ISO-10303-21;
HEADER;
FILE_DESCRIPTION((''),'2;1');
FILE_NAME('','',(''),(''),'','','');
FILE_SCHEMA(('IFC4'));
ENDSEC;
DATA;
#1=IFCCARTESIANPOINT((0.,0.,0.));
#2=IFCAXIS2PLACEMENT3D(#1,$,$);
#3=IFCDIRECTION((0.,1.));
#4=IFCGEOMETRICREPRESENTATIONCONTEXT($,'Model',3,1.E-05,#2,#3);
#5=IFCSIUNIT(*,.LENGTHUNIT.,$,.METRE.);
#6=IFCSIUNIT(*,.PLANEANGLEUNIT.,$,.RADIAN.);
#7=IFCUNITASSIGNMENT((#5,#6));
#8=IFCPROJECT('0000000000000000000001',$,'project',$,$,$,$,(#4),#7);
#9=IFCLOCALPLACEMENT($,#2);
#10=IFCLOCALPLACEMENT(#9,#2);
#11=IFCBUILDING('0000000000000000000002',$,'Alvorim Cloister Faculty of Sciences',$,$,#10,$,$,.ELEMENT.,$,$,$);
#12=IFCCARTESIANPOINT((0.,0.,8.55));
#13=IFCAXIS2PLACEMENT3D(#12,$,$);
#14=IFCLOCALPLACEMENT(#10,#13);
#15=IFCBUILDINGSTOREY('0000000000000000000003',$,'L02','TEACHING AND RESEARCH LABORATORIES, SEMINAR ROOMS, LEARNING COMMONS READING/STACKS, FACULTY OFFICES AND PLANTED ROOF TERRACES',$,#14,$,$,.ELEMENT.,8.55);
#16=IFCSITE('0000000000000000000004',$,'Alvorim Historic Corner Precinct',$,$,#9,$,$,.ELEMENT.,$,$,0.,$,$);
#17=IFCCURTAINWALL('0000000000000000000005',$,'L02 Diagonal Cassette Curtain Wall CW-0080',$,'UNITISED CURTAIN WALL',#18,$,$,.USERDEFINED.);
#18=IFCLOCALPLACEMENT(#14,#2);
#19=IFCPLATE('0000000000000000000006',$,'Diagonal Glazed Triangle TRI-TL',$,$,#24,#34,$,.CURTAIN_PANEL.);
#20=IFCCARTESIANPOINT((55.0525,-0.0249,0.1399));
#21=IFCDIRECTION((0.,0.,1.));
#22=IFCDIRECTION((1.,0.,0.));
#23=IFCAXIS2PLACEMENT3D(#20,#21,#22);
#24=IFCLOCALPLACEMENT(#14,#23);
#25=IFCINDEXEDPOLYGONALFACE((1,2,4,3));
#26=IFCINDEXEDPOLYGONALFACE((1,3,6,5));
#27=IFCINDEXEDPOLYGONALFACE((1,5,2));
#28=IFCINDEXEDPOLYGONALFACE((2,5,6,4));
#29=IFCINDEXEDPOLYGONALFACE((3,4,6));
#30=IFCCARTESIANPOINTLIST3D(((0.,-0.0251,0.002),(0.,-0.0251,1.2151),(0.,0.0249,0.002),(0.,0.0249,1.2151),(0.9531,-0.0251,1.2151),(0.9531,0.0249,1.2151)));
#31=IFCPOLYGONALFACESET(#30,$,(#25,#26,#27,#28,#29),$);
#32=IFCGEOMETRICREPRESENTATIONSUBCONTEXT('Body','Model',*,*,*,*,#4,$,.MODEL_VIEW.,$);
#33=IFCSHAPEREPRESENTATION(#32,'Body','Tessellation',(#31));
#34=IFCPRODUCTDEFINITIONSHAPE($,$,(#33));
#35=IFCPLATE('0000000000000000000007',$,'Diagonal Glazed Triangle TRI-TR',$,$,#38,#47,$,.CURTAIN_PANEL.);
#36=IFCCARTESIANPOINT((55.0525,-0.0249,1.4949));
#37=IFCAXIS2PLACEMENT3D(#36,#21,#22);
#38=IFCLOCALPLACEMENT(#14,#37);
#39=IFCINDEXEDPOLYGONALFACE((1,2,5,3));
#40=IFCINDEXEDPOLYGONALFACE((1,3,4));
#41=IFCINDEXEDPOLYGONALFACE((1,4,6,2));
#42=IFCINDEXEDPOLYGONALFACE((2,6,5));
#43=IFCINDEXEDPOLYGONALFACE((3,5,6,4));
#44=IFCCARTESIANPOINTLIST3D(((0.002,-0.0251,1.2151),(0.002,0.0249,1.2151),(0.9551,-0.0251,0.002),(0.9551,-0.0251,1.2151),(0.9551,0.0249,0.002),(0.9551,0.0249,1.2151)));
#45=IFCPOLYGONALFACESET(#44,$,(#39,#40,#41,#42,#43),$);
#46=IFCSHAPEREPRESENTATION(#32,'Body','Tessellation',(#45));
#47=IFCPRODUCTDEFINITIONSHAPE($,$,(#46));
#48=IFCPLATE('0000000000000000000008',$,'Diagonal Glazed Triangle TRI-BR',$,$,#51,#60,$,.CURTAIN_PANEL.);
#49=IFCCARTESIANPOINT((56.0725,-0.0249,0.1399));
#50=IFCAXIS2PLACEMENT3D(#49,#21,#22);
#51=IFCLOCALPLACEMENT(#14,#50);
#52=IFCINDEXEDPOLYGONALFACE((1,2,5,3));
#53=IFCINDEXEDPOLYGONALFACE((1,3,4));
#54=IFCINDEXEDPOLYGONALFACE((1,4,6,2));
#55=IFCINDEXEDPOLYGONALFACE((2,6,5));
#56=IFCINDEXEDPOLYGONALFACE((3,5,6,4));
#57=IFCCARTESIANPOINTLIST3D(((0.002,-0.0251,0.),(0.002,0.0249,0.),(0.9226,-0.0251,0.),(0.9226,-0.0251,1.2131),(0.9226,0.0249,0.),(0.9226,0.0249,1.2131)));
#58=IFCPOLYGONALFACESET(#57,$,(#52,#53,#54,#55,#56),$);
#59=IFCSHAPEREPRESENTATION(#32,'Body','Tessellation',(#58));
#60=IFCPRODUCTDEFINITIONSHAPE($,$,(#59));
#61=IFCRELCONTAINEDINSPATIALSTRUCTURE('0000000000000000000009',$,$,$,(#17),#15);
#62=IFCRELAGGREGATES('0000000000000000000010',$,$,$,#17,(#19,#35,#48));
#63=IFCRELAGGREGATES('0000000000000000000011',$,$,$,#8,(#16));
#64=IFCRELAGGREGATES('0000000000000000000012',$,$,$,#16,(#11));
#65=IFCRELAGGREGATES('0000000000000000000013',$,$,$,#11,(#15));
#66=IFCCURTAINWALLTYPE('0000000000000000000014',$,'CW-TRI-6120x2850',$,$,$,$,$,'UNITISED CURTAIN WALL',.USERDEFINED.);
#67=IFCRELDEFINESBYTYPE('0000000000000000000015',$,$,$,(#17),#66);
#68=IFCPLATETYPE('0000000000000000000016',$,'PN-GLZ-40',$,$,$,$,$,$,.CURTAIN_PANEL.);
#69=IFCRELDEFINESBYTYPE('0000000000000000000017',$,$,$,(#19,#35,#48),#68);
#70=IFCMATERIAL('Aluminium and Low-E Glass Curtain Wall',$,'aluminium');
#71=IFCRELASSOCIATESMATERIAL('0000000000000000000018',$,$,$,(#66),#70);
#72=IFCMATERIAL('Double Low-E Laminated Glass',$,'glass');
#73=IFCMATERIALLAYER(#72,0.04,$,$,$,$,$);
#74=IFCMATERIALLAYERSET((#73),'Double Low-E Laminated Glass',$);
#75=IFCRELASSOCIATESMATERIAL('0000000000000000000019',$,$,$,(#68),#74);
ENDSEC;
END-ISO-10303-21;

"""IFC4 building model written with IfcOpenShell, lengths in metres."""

from ifc_helpers import new_model, si_unit, direction, frame, origin, place, context, subcontext, project, spatial, polyline, outline, extrude, material, layer, layer_set, type_object, element, aggregate, save


model = new_model("IFC4")

# Units and contexts
model_context = context("Model", 3, precision=1e-05, world=origin(), true_north=direction((0.0, 1.0)))
body_context = subcontext(model_context, "Body", "Model", "MODEL_VIEW")
ifc_project = project(units=[si_unit("LENGTHUNIT", "METRE"), si_unit("PLANEANGLEUNIT", "RADIAN")], contexts=[model_context])

# Site, building, storey
site_placement = place(None, origin())
site = spatial("IfcSite", under=ifc_project, at=site_placement, Name="Alvorim Historic Corner Precinct", CompositionType="ELEMENT", RefElevation=0.0)
building_placement = place(site_placement, origin())
building = spatial("IfcBuilding", under=site, at=building_placement, Name="Alvorim Cloister Faculty of Sciences", CompositionType="ELEMENT")
storey_placement = place(building_placement, frame((0.0, 0.0, 8.55)))
storey = spatial("IfcBuildingStorey", under=building, at=storey_placement, Name="L02", Description="TEACHING AND RESEARCH LABORATORIES, SEMINAR ROOMS, LEARNING COMMONS READING/STACKS, FACULTY OFFICES AND PLANTED ROOF TERRACES", CompositionType="ELEMENT", Elevation=8.55)

# Shared definitions
ifc_material_1 = material(Name="Aluminium and Low-E Glass Curtain Wall", Category="aluminium")
curtain_wall_type = type_object("IfcCurtainWallType", Name="CW-TRI-6120x2850", ElementType="UNITISED CURTAIN WALL", PredefinedType="USERDEFINED", material=ifc_material_1)

# Curtain wall
curtain_wall_1_placement = place(storey_placement, origin())
curtain_wall_1 = element("IfcCurtainWall", 1, at=curtain_wall_1_placement, inside=storey, type_object=curtain_wall_type, Name="L02 Diagonal Cassette Curtain Wall CW-0080", ObjectType="UNITISED CURTAIN WALL", PredefinedType="USERDEFINED")

# Plates
ifc_material_2 = material(Name="Double Low-E Laminated Glass", Category="glass")
ifc_layer_1 = layer(ifc_material_2, 0.04)
ifc_layer_set_1 = layer_set([ifc_layer_1], Name="Double Low-E Laminated Glass")
plate_type = type_object("IfcPlateType", Name="PN-GLZ-40", PredefinedType="CURTAIN_PANEL", material=ifc_layer_set_1)
plate_1_placement = place(storey_placement, frame((55.0525, -0.0249, 0.1399), z_axis=(0.0, 0.0, 1.0), x_axis=(1.0, 0.0, 0.0)))
plate_1 = element("IfcPlate", 2, at=plate_1_placement, type_object=plate_type, Name="Diagonal Glazed Triangle TRI-TL", PredefinedType="CURTAIN_PANEL", context=body_context, shape_type="SweptSolid", body=[
    extrude(outline(polyline([(0.9531, 1.2151), (0.0, 1.2151), (0.0, 0.002), (0.9531, 1.2151)])), frame((0.0, 0.0249, 0.0), z_axis=(0.0, -1.0, 0.0), x_axis=(1.0, 0.0, 0.0)), (0.0, 0.0, 1.0), 0.05),
])
plate_2_placement = place(storey_placement, frame((55.0525, -0.0249, 1.4949), z_axis=(0.0, 0.0, 1.0), x_axis=(1.0, 0.0, 0.0)))
plate_2 = element("IfcPlate", 3, at=plate_2_placement, type_object=plate_type, Name="Diagonal Glazed Triangle TRI-TR", PredefinedType="CURTAIN_PANEL", context=body_context, shape_type="SweptSolid", body=[
    extrude(outline(polyline([(0.9551, 0.002), (0.9551, 1.2151), (0.002, 1.2151), (0.9551, 0.002)])), frame((0.0, 0.0249, 0.0), z_axis=(0.0, -1.0, 0.0), x_axis=(1.0, 0.0, 0.0)), (0.0, 0.0, 1.0), 0.05),
])
plate_3_placement = place(storey_placement, frame((56.0725, -0.0249, 0.1399), z_axis=(0.0, 0.0, 1.0), x_axis=(1.0, 0.0, 0.0)))
plate_3 = element("IfcPlate", 4, at=plate_3_placement, type_object=plate_type, Name="Diagonal Glazed Triangle TRI-BR", PredefinedType="CURTAIN_PANEL", context=body_context, shape_type="SweptSolid", body=[
    extrude(outline(polyline([(0.002, 0.0), (0.9226, 0.0), (0.9226, 1.2131), (0.002, 0.0)])), frame((0.0, 0.0249, 0.0), z_axis=(0.0, -1.0, 0.0), x_axis=(1.0, 0.0, 0.0)), (0.0, 0.0, 1.0), 0.05),
])
aggregate(curtain_wall_1, [plate_1, plate_2, plate_3])

save(model, "model.ifc")
